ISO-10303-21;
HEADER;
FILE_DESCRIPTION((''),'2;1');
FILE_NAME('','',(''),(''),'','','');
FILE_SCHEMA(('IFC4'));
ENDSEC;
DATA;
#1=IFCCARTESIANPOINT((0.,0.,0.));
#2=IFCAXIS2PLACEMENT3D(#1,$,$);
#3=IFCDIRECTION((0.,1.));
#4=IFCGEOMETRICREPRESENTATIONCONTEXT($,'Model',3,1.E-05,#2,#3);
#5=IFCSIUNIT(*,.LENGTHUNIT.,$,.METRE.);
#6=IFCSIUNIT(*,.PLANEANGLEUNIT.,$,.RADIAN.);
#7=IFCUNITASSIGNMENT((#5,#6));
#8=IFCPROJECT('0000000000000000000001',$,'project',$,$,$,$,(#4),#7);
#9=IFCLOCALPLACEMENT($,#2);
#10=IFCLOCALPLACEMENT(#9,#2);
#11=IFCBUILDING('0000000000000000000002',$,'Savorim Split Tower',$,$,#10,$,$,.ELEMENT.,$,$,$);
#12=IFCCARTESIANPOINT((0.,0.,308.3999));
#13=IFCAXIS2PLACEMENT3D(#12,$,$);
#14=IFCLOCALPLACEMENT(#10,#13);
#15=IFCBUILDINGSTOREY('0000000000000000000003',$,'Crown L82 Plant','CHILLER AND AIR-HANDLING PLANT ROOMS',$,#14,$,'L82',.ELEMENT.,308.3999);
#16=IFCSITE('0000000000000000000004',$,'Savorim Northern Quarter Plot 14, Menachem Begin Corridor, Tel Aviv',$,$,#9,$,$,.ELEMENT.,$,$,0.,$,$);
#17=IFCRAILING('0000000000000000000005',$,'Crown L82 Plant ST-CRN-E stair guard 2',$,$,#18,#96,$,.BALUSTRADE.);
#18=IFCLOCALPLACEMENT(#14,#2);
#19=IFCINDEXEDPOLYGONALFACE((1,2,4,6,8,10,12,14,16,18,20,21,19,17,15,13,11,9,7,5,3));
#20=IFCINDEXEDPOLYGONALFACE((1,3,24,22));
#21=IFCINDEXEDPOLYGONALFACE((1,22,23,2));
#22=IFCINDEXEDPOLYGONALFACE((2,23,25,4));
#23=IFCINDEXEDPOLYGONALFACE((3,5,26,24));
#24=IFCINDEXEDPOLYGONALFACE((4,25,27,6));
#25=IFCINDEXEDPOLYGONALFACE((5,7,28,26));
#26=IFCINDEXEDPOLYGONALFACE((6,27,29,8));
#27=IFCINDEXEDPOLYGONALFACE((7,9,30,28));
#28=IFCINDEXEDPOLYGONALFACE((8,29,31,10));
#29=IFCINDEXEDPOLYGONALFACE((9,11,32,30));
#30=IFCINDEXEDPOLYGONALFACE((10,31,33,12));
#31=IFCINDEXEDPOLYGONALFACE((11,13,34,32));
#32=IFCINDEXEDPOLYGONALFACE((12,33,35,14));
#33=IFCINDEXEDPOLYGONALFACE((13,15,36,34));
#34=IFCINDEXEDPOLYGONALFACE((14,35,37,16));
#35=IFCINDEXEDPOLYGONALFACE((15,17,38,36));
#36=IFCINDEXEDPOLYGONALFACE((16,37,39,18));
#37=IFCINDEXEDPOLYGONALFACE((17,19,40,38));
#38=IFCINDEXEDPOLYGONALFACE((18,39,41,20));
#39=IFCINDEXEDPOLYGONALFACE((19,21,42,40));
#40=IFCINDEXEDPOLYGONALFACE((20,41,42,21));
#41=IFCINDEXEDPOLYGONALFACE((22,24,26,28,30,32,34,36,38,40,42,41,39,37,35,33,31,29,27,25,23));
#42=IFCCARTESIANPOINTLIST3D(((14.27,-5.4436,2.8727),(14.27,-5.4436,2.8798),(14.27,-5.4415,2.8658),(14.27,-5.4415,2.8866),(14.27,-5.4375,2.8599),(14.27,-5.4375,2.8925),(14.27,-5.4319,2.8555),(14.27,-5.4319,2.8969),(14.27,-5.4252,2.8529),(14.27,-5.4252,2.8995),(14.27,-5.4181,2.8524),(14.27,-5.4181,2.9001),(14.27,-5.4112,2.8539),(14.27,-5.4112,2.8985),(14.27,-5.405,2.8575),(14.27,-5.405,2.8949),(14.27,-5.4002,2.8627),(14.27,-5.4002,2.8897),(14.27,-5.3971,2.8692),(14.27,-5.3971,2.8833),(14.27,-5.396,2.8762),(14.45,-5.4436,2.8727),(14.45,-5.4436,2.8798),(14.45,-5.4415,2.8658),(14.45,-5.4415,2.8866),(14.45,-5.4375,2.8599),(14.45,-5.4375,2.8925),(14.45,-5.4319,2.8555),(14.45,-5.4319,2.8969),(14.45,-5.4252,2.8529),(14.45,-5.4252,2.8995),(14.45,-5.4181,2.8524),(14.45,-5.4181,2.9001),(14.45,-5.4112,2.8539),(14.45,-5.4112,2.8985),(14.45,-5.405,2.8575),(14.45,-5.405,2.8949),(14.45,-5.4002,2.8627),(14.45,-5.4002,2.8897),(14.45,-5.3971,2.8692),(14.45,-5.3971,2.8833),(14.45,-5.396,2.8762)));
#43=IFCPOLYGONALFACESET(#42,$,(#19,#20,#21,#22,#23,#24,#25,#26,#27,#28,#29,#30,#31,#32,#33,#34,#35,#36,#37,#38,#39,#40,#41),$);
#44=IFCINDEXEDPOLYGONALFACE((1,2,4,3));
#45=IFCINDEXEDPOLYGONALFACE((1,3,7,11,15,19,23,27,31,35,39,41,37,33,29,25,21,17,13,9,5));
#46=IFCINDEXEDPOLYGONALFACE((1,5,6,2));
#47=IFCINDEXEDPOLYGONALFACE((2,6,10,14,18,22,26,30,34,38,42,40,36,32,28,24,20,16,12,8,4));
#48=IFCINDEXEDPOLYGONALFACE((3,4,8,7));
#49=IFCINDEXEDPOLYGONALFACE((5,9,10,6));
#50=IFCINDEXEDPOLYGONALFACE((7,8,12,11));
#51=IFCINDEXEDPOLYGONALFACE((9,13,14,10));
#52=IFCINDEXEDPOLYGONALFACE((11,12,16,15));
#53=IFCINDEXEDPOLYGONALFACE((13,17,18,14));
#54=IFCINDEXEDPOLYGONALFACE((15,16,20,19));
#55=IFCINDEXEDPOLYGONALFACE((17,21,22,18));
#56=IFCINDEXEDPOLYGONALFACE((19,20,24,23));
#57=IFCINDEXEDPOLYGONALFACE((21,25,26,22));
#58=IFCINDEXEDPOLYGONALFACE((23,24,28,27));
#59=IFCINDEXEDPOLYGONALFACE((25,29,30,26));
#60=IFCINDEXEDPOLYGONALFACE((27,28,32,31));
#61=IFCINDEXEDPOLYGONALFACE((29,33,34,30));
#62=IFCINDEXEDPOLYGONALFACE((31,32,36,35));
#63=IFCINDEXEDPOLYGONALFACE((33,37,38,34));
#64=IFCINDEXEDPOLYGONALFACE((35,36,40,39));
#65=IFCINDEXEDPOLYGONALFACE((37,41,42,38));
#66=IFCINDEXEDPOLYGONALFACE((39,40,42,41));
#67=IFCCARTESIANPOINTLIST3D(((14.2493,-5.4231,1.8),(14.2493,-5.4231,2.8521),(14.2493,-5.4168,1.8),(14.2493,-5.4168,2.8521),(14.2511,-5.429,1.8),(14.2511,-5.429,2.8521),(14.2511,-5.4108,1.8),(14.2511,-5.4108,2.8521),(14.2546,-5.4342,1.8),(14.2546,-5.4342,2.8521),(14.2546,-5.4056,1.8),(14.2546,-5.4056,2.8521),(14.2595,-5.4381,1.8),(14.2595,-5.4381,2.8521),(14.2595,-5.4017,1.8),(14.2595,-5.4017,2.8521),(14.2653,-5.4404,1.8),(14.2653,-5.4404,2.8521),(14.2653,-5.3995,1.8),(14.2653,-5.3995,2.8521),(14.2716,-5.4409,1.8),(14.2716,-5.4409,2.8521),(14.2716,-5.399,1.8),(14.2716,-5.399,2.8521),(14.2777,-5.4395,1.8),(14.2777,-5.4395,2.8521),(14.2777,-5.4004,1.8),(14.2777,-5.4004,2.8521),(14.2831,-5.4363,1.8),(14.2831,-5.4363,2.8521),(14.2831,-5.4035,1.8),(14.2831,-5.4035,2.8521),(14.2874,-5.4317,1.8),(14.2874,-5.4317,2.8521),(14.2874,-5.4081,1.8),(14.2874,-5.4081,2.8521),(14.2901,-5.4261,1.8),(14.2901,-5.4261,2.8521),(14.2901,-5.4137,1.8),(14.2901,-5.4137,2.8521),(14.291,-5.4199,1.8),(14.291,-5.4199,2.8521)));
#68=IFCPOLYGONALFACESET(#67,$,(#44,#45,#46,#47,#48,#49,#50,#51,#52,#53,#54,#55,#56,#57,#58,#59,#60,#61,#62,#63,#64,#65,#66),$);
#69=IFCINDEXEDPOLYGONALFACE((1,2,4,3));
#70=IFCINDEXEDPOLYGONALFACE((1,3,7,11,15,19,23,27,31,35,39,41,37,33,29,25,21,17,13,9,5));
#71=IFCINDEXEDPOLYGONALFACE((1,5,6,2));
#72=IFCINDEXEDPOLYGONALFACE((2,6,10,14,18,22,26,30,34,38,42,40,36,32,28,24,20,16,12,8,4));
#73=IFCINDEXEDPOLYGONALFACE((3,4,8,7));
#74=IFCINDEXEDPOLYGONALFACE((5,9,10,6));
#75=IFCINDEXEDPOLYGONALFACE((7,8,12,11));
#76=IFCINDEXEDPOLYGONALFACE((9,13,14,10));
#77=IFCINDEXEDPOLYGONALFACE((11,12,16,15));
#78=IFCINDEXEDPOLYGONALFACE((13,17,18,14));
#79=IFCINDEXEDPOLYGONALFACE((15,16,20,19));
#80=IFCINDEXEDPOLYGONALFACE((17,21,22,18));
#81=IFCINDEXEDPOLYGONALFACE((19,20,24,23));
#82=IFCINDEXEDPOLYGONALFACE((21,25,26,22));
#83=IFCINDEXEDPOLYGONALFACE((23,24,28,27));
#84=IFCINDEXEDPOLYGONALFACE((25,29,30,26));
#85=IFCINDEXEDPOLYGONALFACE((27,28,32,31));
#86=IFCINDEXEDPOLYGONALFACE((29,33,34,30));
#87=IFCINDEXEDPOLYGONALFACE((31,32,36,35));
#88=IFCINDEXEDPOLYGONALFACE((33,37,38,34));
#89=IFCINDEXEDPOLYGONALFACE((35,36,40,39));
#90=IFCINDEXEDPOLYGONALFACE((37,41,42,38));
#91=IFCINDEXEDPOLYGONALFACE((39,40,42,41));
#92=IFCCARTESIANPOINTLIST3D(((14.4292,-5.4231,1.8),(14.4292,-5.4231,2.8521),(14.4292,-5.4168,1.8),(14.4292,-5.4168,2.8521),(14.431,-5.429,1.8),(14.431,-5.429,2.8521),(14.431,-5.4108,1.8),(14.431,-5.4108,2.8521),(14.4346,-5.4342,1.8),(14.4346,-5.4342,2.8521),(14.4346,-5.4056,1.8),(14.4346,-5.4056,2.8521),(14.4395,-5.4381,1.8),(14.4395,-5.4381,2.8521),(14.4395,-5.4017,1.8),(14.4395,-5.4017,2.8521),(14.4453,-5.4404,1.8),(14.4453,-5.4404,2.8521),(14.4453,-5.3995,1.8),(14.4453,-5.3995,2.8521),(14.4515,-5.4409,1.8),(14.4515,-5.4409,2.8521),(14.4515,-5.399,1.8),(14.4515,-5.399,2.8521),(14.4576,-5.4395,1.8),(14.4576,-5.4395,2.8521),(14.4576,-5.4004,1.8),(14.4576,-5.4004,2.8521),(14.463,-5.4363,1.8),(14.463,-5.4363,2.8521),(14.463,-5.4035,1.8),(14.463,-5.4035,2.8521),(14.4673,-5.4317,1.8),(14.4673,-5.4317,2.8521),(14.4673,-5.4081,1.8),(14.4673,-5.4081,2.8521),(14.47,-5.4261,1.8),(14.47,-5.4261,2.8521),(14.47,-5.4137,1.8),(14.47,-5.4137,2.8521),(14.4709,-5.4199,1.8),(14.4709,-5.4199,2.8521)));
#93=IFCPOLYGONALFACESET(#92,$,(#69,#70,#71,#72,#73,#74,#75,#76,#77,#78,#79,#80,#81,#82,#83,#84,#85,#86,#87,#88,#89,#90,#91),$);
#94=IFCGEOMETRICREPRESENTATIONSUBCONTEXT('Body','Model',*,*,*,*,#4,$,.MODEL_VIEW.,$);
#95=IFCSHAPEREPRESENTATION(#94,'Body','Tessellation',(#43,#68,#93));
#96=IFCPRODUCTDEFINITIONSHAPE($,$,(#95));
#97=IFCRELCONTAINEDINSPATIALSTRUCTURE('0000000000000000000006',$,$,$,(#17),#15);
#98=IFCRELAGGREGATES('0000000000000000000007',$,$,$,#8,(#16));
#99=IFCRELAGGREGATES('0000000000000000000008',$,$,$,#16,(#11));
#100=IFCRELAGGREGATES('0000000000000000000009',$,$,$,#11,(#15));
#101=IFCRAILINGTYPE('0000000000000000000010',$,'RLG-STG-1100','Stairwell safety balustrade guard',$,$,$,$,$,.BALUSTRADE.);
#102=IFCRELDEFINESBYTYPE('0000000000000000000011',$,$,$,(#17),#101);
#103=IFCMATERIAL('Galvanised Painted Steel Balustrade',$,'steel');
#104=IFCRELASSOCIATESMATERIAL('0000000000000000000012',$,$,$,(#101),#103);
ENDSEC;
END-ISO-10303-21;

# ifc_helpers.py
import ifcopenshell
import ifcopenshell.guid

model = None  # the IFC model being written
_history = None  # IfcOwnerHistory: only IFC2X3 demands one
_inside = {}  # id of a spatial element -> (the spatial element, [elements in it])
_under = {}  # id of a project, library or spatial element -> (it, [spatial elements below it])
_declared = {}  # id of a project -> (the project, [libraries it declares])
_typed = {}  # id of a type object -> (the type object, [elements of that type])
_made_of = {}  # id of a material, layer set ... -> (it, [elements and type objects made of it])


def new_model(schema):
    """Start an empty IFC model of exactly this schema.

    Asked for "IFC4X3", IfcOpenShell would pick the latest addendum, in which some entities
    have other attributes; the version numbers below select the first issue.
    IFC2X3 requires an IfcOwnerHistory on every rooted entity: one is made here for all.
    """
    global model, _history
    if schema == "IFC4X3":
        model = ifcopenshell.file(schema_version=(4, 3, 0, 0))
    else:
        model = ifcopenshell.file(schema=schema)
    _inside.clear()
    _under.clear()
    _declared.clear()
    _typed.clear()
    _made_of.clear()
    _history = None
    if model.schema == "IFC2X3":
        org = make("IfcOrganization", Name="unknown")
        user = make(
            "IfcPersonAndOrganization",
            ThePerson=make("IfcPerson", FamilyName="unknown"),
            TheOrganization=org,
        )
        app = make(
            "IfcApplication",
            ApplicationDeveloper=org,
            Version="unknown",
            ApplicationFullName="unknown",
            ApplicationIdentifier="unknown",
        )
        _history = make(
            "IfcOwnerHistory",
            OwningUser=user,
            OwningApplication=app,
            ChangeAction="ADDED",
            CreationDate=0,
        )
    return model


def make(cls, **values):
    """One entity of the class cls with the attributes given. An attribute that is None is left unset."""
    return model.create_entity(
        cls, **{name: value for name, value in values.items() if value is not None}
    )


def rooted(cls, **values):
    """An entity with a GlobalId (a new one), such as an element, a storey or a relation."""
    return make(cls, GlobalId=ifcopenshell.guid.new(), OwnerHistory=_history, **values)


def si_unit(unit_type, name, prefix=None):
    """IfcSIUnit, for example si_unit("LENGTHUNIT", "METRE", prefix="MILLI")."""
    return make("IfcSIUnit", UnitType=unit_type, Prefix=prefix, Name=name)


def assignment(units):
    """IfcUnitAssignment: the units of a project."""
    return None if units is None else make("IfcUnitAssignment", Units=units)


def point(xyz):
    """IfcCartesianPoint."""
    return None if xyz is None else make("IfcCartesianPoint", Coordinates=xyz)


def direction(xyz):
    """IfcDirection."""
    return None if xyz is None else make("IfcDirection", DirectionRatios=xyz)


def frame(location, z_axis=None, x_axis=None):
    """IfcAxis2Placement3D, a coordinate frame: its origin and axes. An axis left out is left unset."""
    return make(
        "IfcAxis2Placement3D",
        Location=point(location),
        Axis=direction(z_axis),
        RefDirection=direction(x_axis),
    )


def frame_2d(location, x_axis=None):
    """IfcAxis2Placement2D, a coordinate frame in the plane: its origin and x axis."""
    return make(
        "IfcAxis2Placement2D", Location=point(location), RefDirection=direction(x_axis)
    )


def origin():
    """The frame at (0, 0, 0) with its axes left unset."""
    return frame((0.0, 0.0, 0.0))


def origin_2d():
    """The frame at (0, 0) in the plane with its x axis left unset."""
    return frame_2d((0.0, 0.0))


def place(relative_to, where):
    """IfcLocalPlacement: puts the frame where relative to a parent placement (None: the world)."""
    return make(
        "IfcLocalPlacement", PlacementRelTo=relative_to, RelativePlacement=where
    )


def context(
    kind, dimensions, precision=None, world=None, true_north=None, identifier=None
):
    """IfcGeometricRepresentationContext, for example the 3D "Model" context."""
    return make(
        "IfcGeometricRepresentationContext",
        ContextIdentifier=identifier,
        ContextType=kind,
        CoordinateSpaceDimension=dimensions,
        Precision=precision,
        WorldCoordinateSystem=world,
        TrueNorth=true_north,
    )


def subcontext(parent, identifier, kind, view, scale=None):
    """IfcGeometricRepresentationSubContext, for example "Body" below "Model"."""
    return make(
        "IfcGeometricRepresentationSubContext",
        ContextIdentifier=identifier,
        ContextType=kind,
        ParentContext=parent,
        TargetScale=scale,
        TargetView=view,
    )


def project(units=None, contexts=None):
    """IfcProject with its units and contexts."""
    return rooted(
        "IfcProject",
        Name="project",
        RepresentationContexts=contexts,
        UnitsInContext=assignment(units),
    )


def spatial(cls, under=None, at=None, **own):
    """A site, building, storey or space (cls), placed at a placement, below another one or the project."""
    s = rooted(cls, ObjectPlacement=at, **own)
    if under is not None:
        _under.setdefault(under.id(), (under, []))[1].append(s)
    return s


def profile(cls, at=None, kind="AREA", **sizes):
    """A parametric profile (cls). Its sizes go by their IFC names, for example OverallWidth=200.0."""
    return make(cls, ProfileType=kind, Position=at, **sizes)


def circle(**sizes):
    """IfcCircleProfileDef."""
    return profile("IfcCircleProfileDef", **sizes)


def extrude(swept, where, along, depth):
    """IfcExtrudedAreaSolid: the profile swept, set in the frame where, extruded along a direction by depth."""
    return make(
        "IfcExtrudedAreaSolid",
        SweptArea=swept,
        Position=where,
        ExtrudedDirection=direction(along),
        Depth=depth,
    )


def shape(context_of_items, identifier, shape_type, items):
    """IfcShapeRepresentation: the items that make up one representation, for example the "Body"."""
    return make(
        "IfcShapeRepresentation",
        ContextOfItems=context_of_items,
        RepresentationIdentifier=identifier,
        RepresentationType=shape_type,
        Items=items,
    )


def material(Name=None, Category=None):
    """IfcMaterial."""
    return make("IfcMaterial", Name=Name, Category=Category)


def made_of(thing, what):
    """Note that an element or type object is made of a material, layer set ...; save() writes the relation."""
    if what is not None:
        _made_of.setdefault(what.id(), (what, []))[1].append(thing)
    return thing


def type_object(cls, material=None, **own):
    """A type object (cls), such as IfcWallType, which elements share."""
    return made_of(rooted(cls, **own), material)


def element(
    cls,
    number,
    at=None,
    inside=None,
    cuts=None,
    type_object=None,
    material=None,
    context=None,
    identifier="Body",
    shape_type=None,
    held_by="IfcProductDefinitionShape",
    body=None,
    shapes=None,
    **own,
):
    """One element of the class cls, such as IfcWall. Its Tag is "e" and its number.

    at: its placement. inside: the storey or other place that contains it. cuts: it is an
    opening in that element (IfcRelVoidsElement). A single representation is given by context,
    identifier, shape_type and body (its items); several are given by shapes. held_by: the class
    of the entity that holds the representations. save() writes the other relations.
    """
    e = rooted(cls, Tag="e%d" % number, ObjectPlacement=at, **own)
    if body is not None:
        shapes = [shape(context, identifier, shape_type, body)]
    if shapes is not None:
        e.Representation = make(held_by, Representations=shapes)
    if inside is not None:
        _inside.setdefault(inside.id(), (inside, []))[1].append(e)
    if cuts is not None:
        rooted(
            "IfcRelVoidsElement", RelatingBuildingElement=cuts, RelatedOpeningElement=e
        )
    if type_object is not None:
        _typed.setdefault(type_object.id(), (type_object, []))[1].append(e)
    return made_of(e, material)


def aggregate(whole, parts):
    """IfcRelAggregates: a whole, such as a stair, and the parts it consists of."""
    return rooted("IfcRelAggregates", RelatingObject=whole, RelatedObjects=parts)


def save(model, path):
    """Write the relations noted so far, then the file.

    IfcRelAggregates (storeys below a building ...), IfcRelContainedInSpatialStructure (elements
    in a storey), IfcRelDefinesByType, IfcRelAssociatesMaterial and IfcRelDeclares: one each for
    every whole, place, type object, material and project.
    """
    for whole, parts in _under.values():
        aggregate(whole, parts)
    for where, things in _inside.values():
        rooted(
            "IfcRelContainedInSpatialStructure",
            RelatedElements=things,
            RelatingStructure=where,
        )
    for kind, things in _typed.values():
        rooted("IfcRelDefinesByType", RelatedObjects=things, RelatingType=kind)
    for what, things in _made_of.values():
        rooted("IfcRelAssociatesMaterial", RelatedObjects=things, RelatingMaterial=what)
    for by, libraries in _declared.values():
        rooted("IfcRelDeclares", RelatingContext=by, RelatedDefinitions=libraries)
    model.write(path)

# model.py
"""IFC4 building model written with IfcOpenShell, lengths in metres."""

from ifc_helpers import new_model, si_unit, direction, frame, origin, origin_2d, place, context, subcontext, project, spatial, circle, extrude, material, type_object, element, save


model = new_model("IFC4")

# Units and contexts
model_context = context("Model", 3, precision=1e-05, world=origin(), true_north=direction((0.0, 1.0)))
body_context = subcontext(model_context, "Body", "Model", "MODEL_VIEW")
ifc_project = project(units=[si_unit("LENGTHUNIT", "METRE"), si_unit("PLANEANGLEUNIT", "RADIAN")], contexts=[model_context])

# Site, building, storey
site_placement = place(None, origin())
site = spatial("IfcSite", under=ifc_project, at=site_placement, Name="Savorim Northern Quarter Plot 14, Menachem Begin Corridor, Tel Aviv", CompositionType="ELEMENT", RefElevation=0.0)
building_placement = place(site_placement, origin())
building = spatial("IfcBuilding", under=site, at=building_placement, Name="Savorim Split Tower", CompositionType="ELEMENT")
storey_placement = place(building_placement, frame((0.0, 0.0, 308.3999)))
storey = spatial("IfcBuildingStorey", under=building, at=storey_placement, Name="Crown L82 Plant", Description="CHILLER AND AIR-HANDLING PLANT ROOMS", LongName="L82", CompositionType="ELEMENT", Elevation=308.3999)

# Railing
ifc_material_1 = material(Name="Galvanised Painted Steel Balustrade", Category="steel")
railing_type_1 = type_object("IfcRailingType", Name="RLG-STG-1100", Description="Stairwell safety balustrade guard", PredefinedType="BALUSTRADE", material=ifc_material_1)
railing_1_placement = place(storey_placement, frame((14.27, -5.4199, 1.8)))
element("IfcRailing", 1, at=railing_1_placement, inside=storey, type_object=railing_type_1, Name="Crown L82 Plant ST-CRN-E stair guard 2", PredefinedType="BALUSTRADE", context=body_context, shape_type="SweptSolid", body=[
    extrude(circle(Radius=0.0239, at=origin_2d()), frame((0.0, 0.0, 1.0762), z_axis=(1.0, 0.0, 0.0), x_axis=(0.0, 1.0, 0.0)), (0.0, 0.0, 1.0), 0.1799),
    extrude(circle(Radius=0.021, at=origin_2d()), origin(), (0.0, 0.0, 1.0), 1.052),
    extrude(circle(Radius=0.021, at=origin_2d()), frame((0.1799, 0.0, 0.0)), (0.0, 0.0, 1.0), 1.052),
])

save(model, "model.ifc")
